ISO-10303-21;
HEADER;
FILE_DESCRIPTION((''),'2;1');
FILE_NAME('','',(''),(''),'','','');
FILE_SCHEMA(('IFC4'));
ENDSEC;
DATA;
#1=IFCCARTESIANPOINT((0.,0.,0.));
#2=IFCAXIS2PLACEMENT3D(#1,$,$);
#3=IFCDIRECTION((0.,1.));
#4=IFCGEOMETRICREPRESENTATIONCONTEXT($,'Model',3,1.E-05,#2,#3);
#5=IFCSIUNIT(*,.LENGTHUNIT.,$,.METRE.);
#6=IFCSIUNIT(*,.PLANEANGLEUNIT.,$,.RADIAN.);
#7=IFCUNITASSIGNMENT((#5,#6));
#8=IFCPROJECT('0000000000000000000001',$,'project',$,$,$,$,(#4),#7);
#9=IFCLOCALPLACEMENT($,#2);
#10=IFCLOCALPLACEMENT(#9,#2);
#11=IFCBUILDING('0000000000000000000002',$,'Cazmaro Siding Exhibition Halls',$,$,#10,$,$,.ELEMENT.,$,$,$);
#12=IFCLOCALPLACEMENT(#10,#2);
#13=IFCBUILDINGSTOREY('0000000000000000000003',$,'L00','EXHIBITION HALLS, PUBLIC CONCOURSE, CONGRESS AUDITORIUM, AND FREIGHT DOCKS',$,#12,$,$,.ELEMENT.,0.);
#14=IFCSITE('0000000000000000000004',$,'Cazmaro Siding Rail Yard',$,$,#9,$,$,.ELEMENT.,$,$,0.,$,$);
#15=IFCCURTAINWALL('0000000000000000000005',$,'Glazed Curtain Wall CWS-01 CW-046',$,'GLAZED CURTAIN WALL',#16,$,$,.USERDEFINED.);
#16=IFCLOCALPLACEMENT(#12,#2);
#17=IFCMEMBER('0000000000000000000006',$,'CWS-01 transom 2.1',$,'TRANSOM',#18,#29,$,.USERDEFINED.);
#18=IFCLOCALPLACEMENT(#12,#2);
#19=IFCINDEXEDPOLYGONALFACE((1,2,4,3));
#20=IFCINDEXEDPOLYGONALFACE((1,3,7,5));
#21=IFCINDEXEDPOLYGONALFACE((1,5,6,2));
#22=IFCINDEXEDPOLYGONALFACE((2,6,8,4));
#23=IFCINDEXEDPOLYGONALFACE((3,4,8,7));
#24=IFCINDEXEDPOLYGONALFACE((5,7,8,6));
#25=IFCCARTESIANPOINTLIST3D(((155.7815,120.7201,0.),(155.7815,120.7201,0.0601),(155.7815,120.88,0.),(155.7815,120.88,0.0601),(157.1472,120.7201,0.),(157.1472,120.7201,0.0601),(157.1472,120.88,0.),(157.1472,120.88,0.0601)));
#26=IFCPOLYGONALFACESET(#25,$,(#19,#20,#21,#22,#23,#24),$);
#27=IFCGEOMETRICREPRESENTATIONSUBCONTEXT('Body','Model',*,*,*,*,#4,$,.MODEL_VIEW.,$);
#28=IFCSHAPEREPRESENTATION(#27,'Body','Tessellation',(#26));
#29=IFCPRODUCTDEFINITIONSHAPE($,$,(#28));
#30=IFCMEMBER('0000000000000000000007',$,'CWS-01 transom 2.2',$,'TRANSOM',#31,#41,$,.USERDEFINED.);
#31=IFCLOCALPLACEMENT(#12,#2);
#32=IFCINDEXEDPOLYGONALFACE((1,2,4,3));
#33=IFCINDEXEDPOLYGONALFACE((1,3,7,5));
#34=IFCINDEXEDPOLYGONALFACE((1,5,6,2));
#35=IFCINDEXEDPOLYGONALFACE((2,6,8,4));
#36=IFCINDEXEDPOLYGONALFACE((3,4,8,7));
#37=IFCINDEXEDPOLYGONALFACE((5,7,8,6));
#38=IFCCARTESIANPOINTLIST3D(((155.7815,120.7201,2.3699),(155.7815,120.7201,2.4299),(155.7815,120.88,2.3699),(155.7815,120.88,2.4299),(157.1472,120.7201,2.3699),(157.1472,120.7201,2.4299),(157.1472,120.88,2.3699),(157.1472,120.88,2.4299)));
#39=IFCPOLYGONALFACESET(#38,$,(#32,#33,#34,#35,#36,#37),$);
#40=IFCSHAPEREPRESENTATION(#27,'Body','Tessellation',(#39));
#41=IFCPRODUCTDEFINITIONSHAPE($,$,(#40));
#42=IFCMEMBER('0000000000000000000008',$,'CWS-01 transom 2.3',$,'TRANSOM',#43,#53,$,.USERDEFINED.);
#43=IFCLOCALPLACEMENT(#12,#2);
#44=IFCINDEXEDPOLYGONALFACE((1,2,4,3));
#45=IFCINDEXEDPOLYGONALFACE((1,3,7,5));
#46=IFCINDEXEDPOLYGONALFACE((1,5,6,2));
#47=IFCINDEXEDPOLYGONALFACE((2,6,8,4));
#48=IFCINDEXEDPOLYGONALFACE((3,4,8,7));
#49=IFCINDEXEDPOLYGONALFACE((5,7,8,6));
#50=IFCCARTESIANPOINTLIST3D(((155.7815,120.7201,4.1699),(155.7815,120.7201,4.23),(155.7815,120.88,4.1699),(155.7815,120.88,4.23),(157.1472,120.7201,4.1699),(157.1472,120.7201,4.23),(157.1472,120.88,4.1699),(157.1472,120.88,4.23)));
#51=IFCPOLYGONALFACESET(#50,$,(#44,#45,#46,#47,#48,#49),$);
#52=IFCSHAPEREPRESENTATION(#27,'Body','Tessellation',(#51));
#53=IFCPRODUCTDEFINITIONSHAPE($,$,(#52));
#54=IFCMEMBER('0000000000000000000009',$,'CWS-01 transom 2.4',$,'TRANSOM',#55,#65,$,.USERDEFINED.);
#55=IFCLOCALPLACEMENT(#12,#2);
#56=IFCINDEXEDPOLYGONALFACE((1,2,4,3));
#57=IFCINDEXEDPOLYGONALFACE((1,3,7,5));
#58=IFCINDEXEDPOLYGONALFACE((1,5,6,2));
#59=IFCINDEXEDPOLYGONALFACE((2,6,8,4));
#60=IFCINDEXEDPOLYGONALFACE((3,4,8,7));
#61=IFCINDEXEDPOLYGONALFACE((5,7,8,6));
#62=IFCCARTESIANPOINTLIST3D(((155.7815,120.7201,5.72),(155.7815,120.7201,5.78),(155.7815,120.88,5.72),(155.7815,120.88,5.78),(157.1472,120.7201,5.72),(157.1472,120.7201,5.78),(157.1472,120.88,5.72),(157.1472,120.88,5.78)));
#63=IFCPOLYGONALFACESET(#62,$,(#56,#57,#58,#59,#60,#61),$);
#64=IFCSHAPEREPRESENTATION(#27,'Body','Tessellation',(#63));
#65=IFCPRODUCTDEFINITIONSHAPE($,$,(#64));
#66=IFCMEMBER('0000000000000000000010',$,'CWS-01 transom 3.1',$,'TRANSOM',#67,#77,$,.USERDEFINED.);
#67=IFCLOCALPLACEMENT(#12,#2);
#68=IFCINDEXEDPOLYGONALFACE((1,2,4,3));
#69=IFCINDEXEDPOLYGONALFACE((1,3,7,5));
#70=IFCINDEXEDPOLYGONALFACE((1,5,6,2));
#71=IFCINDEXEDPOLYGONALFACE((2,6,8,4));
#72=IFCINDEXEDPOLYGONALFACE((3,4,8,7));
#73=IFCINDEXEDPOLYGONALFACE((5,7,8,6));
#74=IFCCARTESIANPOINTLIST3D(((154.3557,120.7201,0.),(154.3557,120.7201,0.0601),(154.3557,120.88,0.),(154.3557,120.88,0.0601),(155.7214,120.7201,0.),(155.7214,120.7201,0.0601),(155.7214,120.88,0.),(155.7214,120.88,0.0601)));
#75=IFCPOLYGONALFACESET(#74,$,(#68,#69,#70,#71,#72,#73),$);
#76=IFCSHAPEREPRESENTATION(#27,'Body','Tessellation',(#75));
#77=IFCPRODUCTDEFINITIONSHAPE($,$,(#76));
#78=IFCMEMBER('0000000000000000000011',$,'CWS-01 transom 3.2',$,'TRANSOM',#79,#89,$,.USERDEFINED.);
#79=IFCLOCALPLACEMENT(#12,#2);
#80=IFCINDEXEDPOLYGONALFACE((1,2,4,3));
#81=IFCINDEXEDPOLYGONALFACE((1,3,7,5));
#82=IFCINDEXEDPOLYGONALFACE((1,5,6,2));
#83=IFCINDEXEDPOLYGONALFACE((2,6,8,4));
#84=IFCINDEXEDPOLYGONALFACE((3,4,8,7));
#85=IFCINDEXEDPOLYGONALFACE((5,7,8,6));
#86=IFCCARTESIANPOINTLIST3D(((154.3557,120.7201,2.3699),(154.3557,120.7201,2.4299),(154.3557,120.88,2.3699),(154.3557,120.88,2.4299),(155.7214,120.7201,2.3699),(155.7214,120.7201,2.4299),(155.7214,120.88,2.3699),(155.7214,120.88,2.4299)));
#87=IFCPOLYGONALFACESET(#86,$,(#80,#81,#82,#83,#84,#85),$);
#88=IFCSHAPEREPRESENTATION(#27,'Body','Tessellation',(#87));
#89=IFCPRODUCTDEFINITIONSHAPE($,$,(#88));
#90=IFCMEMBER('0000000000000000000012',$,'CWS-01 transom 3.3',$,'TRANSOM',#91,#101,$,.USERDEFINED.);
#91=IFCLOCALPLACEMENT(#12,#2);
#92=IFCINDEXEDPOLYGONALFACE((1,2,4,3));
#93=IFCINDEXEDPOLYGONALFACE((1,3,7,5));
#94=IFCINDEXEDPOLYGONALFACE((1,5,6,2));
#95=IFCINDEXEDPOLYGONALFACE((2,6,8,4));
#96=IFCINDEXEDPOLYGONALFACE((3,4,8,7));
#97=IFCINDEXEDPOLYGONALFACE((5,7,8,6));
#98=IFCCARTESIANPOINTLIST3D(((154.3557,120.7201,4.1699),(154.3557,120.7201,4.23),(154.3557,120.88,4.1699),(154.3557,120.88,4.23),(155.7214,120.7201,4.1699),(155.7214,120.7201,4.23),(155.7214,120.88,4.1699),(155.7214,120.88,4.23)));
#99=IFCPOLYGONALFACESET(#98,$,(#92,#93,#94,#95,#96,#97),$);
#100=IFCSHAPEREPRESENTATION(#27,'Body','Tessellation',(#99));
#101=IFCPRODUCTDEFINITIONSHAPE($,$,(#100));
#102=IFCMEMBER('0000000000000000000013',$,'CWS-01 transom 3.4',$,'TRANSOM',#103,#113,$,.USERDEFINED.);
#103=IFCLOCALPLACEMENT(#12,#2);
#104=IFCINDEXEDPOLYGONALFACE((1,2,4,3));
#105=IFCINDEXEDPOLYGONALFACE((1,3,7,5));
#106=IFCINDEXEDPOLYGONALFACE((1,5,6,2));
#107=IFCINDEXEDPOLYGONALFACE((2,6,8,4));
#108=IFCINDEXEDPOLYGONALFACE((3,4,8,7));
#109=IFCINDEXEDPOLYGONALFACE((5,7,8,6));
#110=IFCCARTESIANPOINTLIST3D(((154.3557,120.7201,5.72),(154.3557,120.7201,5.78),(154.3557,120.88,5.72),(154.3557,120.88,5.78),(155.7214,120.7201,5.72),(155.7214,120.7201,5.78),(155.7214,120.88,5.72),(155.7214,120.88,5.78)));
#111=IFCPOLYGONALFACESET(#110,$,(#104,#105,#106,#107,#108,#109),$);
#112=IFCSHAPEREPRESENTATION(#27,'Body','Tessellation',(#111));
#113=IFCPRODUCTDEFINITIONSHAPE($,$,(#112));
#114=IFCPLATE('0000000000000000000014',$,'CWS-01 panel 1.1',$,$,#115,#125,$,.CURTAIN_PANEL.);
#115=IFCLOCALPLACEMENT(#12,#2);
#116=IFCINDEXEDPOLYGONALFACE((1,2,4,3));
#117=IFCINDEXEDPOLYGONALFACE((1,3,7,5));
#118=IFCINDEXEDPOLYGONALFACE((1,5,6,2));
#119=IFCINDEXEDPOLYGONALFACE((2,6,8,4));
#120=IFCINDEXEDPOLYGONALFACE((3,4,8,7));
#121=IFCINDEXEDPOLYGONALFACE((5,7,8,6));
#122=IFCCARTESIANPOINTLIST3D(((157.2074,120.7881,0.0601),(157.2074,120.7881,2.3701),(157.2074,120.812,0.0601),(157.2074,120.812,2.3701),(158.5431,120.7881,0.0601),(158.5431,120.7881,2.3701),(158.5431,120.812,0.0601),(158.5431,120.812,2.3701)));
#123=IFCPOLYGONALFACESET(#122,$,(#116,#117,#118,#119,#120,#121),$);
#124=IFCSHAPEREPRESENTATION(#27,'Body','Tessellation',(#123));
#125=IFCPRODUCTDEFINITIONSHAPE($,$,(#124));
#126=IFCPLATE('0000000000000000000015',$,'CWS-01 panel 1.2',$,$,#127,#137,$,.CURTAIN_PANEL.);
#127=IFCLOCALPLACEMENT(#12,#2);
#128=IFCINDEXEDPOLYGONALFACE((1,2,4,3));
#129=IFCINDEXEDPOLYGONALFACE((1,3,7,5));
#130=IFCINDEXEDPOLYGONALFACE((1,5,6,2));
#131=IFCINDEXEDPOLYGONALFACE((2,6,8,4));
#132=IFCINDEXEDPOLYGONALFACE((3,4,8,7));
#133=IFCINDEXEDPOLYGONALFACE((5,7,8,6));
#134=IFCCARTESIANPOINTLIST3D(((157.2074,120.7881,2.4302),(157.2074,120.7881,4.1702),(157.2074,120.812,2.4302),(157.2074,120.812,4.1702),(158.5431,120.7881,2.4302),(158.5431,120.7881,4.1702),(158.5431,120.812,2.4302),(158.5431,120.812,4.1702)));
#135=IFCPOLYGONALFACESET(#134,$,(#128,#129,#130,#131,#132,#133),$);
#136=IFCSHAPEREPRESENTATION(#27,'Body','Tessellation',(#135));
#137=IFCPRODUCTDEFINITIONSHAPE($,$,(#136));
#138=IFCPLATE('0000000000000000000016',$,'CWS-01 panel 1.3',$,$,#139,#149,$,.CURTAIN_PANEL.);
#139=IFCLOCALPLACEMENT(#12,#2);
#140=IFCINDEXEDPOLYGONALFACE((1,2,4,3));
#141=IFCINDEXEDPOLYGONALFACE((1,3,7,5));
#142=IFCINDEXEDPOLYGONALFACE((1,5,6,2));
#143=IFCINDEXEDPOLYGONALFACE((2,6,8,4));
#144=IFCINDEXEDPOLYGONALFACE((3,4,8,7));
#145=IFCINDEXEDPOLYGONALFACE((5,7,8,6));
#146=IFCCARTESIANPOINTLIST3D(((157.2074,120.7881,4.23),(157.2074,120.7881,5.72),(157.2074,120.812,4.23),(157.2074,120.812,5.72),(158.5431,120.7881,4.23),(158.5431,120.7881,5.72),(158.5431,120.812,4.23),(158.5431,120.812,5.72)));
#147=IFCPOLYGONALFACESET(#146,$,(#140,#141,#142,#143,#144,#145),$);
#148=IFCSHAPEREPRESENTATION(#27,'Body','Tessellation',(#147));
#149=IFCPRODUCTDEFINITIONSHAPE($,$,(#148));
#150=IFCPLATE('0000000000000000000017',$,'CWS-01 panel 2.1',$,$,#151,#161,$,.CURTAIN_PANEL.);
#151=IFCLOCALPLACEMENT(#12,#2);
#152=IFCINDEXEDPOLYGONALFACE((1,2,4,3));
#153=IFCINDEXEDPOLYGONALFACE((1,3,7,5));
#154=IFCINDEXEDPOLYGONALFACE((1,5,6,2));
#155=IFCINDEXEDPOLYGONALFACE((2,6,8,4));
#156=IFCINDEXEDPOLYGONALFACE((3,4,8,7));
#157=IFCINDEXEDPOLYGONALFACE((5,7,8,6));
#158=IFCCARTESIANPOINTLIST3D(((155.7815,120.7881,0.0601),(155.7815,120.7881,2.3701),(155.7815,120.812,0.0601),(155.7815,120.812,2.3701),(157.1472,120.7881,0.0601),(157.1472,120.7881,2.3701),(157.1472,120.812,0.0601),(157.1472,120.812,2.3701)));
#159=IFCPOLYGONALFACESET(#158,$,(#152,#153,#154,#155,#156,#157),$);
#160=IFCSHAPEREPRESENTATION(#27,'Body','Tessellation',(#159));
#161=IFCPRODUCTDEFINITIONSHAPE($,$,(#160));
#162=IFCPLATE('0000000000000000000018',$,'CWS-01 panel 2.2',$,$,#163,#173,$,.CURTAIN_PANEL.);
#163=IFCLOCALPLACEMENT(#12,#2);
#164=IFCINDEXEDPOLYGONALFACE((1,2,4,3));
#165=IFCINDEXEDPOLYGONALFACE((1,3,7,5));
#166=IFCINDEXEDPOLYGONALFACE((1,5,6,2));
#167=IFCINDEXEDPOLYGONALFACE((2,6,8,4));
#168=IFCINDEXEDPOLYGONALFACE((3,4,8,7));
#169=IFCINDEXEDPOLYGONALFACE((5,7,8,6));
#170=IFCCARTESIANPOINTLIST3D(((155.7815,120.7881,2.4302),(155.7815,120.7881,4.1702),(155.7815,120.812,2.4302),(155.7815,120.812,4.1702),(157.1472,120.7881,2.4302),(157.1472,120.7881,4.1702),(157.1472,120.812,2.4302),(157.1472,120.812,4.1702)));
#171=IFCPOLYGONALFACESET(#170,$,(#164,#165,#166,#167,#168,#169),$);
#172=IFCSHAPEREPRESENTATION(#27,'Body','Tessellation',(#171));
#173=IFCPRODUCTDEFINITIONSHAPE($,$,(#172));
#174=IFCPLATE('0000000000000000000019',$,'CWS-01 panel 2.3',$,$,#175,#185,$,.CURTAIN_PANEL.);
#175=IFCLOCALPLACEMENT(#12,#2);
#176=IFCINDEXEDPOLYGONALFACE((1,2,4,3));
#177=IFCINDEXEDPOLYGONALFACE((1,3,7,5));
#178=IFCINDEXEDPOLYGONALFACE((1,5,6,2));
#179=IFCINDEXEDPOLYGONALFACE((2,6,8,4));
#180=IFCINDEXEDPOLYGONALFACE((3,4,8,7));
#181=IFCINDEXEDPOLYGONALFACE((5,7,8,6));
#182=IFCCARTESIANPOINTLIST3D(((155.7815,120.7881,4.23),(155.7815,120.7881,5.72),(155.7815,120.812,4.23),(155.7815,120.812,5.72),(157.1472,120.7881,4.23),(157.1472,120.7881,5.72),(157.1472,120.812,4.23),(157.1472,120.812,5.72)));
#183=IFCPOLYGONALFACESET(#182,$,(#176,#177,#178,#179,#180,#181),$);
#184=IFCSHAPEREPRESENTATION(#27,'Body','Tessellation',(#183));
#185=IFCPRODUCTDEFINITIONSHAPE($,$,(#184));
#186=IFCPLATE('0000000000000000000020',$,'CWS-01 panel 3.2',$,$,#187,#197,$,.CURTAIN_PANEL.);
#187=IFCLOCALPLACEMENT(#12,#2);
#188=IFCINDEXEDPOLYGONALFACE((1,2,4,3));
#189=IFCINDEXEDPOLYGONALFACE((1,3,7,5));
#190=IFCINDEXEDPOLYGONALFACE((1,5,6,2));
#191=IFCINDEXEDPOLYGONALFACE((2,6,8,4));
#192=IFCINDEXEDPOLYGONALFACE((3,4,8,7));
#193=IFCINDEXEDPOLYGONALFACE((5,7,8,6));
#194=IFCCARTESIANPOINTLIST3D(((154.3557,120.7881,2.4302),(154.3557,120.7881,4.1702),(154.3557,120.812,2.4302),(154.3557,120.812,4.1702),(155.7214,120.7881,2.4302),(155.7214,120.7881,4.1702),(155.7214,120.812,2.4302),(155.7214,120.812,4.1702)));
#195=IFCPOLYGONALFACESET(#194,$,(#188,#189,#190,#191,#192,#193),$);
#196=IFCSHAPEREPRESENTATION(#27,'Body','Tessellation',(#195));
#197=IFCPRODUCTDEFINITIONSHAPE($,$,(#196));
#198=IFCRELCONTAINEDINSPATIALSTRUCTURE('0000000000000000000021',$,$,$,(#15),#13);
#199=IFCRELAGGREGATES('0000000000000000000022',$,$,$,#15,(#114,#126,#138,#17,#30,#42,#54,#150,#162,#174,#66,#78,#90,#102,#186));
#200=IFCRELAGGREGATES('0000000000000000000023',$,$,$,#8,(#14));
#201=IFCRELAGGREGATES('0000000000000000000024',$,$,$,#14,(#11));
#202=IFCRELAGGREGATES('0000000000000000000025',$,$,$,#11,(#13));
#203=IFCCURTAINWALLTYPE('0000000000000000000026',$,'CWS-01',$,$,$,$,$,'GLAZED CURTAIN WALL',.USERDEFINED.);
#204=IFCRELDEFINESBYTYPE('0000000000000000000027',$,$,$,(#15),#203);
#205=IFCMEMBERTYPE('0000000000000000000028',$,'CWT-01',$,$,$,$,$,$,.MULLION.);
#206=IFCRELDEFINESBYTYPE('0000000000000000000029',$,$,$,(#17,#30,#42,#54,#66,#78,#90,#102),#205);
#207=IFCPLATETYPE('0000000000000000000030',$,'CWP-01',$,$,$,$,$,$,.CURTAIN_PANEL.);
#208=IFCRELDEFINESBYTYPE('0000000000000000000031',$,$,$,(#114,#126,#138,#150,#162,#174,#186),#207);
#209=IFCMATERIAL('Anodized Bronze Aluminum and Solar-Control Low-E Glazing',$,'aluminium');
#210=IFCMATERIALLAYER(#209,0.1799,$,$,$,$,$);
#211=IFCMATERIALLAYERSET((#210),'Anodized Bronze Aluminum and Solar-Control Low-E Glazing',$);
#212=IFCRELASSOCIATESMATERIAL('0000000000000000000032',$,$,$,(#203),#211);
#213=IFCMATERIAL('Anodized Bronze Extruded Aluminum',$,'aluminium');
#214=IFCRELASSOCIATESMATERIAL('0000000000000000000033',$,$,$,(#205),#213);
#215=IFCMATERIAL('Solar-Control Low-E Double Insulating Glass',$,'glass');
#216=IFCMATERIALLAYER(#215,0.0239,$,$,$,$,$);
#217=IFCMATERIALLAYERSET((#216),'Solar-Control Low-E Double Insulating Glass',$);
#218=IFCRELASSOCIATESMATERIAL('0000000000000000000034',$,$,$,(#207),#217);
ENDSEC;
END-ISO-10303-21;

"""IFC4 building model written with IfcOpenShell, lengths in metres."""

from ifc_helpers import new_model, si_unit, direction, frame, origin, origin_2d, place, context, subcontext, project, spatial, rectangle, extrude, material, layer, layer_set, material_profile, profile_set, type_object, element, aggregate, save


model = new_model("IFC4")

# Units and contexts
model_context = context("Model", 3, precision=1e-05, world=origin(), true_north=direction((0.0, 1.0)))
body_context = subcontext(model_context, "Body", "Model", "MODEL_VIEW")
ifc_project = project(units=[si_unit("LENGTHUNIT", "METRE"), si_unit("PLANEANGLEUNIT", "RADIAN")], contexts=[model_context])

# Site, building, storey
site_placement = place(None, origin())
site = spatial("IfcSite", under=ifc_project, at=site_placement, Name="Cazmaro Siding Rail Yard", CompositionType="ELEMENT", RefElevation=0.0)
building_placement = place(site_placement, origin())
building = spatial("IfcBuilding", under=site, at=building_placement, Name="Cazmaro Siding Exhibition Halls", CompositionType="ELEMENT")
storey_placement = place(building_placement, origin())
storey = spatial("IfcBuildingStorey", under=building, at=storey_placement, Name="L00", Description="EXHIBITION HALLS, PUBLIC CONCOURSE, CONGRESS AUDITORIUM, AND FREIGHT DOCKS", CompositionType="ELEMENT", Elevation=0.0)

# Curtain wall, members, plates
ifc_material_1 = material(Name="Anodized Bronze Aluminum and Solar-Control Low-E Glazing", Category="aluminium")
ifc_layer_1 = layer(ifc_material_1, 0.1799)
ifc_layer_set_1 = layer_set([ifc_layer_1], Name="Anodized Bronze Aluminum and Solar-Control Low-E Glazing")
curtain_wall_type = type_object("IfcCurtainWallType", Name="CWS-01", ElementType="GLAZED CURTAIN WALL", PredefinedType="USERDEFINED", material=ifc_layer_set_1)
curtain_wall_placement = place(storey_placement, origin())
curtain_wall = element("IfcCurtainWall", 1, at=curtain_wall_placement, inside=storey, type_object=curtain_wall_type, Name="Glazed Curtain Wall CWS-01 CW-046", ObjectType="GLAZED CURTAIN WALL", PredefinedType="USERDEFINED")
ifc_material_2 = material(Name="Anodized Bronze Extruded Aluminum", Category="aluminium")
ifc_material_profile_1 = material_profile(ifc_material_2, rectangle(XDim=0.1599, YDim=0.0601, at=origin_2d()), Name="CWT-01")
ifc_profile_set_1 = profile_set([ifc_material_profile_1], Name="Anodized Bronze Extruded Aluminum")
member_type_1 = type_object("IfcMemberType", Name="CWT-01", PredefinedType="MULLION", material=ifc_profile_set_1)
member_1_placement = place(storey_placement, frame((157.1472, 120.8, 0.03), z_axis=(-1.0, 0.0, 0.0), x_axis=(0.0, -1.0, 0.0)))
member_1 = element("IfcMember", 2, at=member_1_placement, type_object=member_type_1, Name="CWS-01 transom 2.1", ObjectType="TRANSOM", PredefinedType="USERDEFINED", context=body_context, shape_type="SweptSolid", body=[
    extrude(rectangle(XDim=0.1599, YDim=0.0601, at=origin_2d()), origin(), (0.0, 0.0, 1.0), 1.3657),
])
member_2_placement = place(storey_placement, frame((157.1472, 120.8, 2.3999), z_axis=(-1.0, 0.0, 0.0), x_axis=(0.0, -1.0, 0.0)))
member_2 = element("IfcMember", 3, at=member_2_placement, type_object=member_type_1, Name="CWS-01 transom 2.2", ObjectType="TRANSOM", PredefinedType="USERDEFINED", context=body_context, shape_type="SweptSolid", body=[
    extrude(rectangle(XDim=0.1599, YDim=0.0601, at=origin_2d()), origin(), (0.0, 0.0, 1.0), 1.3657),
])
member_3_placement = place(storey_placement, frame((157.1472, 120.8, 4.2), z_axis=(-1.0, 0.0, 0.0), x_axis=(0.0, -1.0, 0.0)))
member_3 = element("IfcMember", 4, at=member_3_placement, type_object=member_type_1, Name="CWS-01 transom 2.3", ObjectType="TRANSOM", PredefinedType="USERDEFINED", context=body_context, shape_type="SweptSolid", body=[
    extrude(rectangle(XDim=0.1599, YDim=0.0601, at=origin_2d()), origin(), (0.0, 0.0, 1.0), 1.3657),
])
member_4_placement = place(storey_placement, frame((157.1472, 120.8, 5.75), z_axis=(-1.0, 0.0, 0.0), x_axis=(0.0, -1.0, 0.0)))
member_4 = element("IfcMember", 5, at=member_4_placement, type_object=member_type_1, Name="CWS-01 transom 2.4", ObjectType="TRANSOM", PredefinedType="USERDEFINED", context=body_context, shape_type="SweptSolid", body=[
    extrude(rectangle(XDim=0.1599, YDim=0.0601, at=origin_2d()), origin(), (0.0, 0.0, 1.0), 1.3657),
])
member_5_placement = place(storey_placement, frame((155.7214, 120.8, 0.03), z_axis=(-1.0, 0.0, 0.0), x_axis=(0.0, -1.0, 0.0)))
member_5 = element("IfcMember", 6, at=member_5_placement, type_object=member_type_1, Name="CWS-01 transom 3.1", ObjectType="TRANSOM", PredefinedType="USERDEFINED", context=body_context, shape_type="SweptSolid", body=[
    extrude(rectangle(XDim=0.1599, YDim=0.0601, at=origin_2d()), origin(), (0.0, 0.0, 1.0), 1.3657),
])
member_6_placement = place(storey_placement, frame((155.7214, 120.8, 2.3999), z_axis=(-1.0, 0.0, 0.0), x_axis=(0.0, -1.0, 0.0)))
member_6 = element("IfcMember", 7, at=member_6_placement, type_object=member_type_1, Name="CWS-01 transom 3.2", ObjectType="TRANSOM", PredefinedType="USERDEFINED", context=body_context, shape_type="SweptSolid", body=[
    extrude(rectangle(XDim=0.1599, YDim=0.0601, at=origin_2d()), origin(), (0.0, 0.0, 1.0), 1.3657),
])
member_7_placement = place(storey_placement, frame((155.7214, 120.8, 4.2), z_axis=(-1.0, 0.0, 0.0), x_axis=(0.0, -1.0, 0.0)))
member_7 = element("IfcMember", 8, at=member_7_placement, type_object=member_type_1, Name="CWS-01 transom 3.3", ObjectType="TRANSOM", PredefinedType="USERDEFINED", context=body_context, shape_type="SweptSolid", body=[
    extrude(rectangle(XDim=0.1599, YDim=0.0601, at=origin_2d()), origin(), (0.0, 0.0, 1.0), 1.3657),
])
member_8_placement = place(storey_placement, frame((155.7214, 120.8, 5.75), z_axis=(-1.0, 0.0, 0.0), x_axis=(0.0, -1.0, 0.0)))
member_8 = element("IfcMember", 9, at=member_8_placement, type_object=member_type_1, Name="CWS-01 transom 3.4", ObjectType="TRANSOM", PredefinedType="USERDEFINED", context=body_context, shape_type="SweptSolid", body=[
    extrude(rectangle(XDim=0.1599, YDim=0.0601, at=origin_2d()), origin(), (0.0, 0.0, 1.0), 1.3657),
])
ifc_material_3 = material(Name="Solar-Control Low-E Double Insulating Glass", Category="glass")
ifc_layer_2 = layer(ifc_material_3, 0.0239)
ifc_layer_set_2 = layer_set([ifc_layer_2], Name="Solar-Control Low-E Double Insulating Glass")
plate_type = type_object("IfcPlateType", Name="CWP-01", PredefinedType="CURTAIN_PANEL", material=ifc_layer_set_2)
plate_1_placement = place(storey_placement, frame((157.8752, 120.8, 0.0601), z_axis=(0.0, 0.0, 1.0), x_axis=(-1.0, 0.0, 0.0)))
plate_1 = element("IfcPlate", 10, at=plate_1_placement, type_object=plate_type, Name="CWS-01 panel 1.1", PredefinedType="CURTAIN_PANEL", context=body_context, shape_type="SweptSolid", body=[
    extrude(rectangle(XDim=1.3357, YDim=0.0239, at=origin_2d()), origin(), (0.0, 0.0, 1.0), 2.3101),
])
plate_2_placement = place(storey_placement, frame((157.8752, 120.8, 2.4302), z_axis=(0.0, 0.0, 1.0), x_axis=(-1.0, 0.0, 0.0)))
plate_2 = element("IfcPlate", 11, at=plate_2_placement, type_object=plate_type, Name="CWS-01 panel 1.2", PredefinedType="CURTAIN_PANEL", context=body_context, shape_type="SweptSolid", body=[
    extrude(rectangle(XDim=1.3357, YDim=0.0239, at=origin_2d()), origin(), (0.0, 0.0, 1.0), 1.74),
])
plate_3_placement = place(storey_placement, frame((157.8752, 120.8, 4.23), z_axis=(0.0, 0.0, 1.0), x_axis=(-1.0, 0.0, 0.0)))
plate_3 = element("IfcPlate", 12, at=plate_3_placement, type_object=plate_type, Name="CWS-01 panel 1.3", PredefinedType="CURTAIN_PANEL", context=body_context, shape_type="SweptSolid", body=[
    extrude(rectangle(XDim=1.3357, YDim=0.0239, at=origin_2d()), origin(), (0.0, 0.0, 1.0), 1.49),
])
plate_4_placement = place(storey_placement, frame((156.4644, 120.8, 0.0601), z_axis=(0.0, 0.0, 1.0), x_axis=(-1.0, 0.0, 0.0)))
plate_4 = element("IfcPlate", 13, at=plate_4_placement, type_object=plate_type, Name="CWS-01 panel 2.1", PredefinedType="CURTAIN_PANEL", context=body_context, shape_type="SweptSolid", body=[
    extrude(rectangle(XDim=1.3657, YDim=0.0239, at=origin_2d()), origin(), (0.0, 0.0, 1.0), 2.3101),
])
plate_5_placement = place(storey_placement, frame((156.4644, 120.8, 2.4302), z_axis=(0.0, 0.0, 1.0), x_axis=(-1.0, 0.0, 0.0)))
plate_5 = element("IfcPlate", 14, at=plate_5_placement, type_object=plate_type, Name="CWS-01 panel 2.2", PredefinedType="CURTAIN_PANEL", context=body_context, shape_type="SweptSolid", body=[
    extrude(rectangle(XDim=1.3657, YDim=0.0239, at=origin_2d()), origin(), (0.0, 0.0, 1.0), 1.74),
])
plate_6_placement = place(storey_placement, frame((156.4644, 120.8, 4.23), z_axis=(0.0, 0.0, 1.0), x_axis=(-1.0, 0.0, 0.0)))
plate_6 = element("IfcPlate", 15, at=plate_6_placement, type_object=plate_type, Name="CWS-01 panel 2.3", PredefinedType="CURTAIN_PANEL", context=body_context, shape_type="SweptSolid", body=[
    extrude(rectangle(XDim=1.3657, YDim=0.0239, at=origin_2d()), origin(), (0.0, 0.0, 1.0), 1.49),
])
plate_7_placement = place(storey_placement, frame((155.0386, 120.8, 2.4302), z_axis=(0.0, 0.0, 1.0), x_axis=(-1.0, 0.0, 0.0)))
plate_7 = element("IfcPlate", 16, at=plate_7_placement, type_object=plate_type, Name="CWS-01 panel 3.2", PredefinedType="CURTAIN_PANEL", context=body_context, shape_type="SweptSolid", body=[
    extrude(rectangle(XDim=1.3657, YDim=0.0239, at=origin_2d()), origin(), (0.0, 0.0, 1.0), 1.74),
])
aggregate(curtain_wall, [plate_1, plate_2, plate_3, member_1, member_2, member_3, member_4, plate_4, plate_5, plate_6, member_5, member_6, member_7, member_8, plate_7])

save(model, "model.ifc")
